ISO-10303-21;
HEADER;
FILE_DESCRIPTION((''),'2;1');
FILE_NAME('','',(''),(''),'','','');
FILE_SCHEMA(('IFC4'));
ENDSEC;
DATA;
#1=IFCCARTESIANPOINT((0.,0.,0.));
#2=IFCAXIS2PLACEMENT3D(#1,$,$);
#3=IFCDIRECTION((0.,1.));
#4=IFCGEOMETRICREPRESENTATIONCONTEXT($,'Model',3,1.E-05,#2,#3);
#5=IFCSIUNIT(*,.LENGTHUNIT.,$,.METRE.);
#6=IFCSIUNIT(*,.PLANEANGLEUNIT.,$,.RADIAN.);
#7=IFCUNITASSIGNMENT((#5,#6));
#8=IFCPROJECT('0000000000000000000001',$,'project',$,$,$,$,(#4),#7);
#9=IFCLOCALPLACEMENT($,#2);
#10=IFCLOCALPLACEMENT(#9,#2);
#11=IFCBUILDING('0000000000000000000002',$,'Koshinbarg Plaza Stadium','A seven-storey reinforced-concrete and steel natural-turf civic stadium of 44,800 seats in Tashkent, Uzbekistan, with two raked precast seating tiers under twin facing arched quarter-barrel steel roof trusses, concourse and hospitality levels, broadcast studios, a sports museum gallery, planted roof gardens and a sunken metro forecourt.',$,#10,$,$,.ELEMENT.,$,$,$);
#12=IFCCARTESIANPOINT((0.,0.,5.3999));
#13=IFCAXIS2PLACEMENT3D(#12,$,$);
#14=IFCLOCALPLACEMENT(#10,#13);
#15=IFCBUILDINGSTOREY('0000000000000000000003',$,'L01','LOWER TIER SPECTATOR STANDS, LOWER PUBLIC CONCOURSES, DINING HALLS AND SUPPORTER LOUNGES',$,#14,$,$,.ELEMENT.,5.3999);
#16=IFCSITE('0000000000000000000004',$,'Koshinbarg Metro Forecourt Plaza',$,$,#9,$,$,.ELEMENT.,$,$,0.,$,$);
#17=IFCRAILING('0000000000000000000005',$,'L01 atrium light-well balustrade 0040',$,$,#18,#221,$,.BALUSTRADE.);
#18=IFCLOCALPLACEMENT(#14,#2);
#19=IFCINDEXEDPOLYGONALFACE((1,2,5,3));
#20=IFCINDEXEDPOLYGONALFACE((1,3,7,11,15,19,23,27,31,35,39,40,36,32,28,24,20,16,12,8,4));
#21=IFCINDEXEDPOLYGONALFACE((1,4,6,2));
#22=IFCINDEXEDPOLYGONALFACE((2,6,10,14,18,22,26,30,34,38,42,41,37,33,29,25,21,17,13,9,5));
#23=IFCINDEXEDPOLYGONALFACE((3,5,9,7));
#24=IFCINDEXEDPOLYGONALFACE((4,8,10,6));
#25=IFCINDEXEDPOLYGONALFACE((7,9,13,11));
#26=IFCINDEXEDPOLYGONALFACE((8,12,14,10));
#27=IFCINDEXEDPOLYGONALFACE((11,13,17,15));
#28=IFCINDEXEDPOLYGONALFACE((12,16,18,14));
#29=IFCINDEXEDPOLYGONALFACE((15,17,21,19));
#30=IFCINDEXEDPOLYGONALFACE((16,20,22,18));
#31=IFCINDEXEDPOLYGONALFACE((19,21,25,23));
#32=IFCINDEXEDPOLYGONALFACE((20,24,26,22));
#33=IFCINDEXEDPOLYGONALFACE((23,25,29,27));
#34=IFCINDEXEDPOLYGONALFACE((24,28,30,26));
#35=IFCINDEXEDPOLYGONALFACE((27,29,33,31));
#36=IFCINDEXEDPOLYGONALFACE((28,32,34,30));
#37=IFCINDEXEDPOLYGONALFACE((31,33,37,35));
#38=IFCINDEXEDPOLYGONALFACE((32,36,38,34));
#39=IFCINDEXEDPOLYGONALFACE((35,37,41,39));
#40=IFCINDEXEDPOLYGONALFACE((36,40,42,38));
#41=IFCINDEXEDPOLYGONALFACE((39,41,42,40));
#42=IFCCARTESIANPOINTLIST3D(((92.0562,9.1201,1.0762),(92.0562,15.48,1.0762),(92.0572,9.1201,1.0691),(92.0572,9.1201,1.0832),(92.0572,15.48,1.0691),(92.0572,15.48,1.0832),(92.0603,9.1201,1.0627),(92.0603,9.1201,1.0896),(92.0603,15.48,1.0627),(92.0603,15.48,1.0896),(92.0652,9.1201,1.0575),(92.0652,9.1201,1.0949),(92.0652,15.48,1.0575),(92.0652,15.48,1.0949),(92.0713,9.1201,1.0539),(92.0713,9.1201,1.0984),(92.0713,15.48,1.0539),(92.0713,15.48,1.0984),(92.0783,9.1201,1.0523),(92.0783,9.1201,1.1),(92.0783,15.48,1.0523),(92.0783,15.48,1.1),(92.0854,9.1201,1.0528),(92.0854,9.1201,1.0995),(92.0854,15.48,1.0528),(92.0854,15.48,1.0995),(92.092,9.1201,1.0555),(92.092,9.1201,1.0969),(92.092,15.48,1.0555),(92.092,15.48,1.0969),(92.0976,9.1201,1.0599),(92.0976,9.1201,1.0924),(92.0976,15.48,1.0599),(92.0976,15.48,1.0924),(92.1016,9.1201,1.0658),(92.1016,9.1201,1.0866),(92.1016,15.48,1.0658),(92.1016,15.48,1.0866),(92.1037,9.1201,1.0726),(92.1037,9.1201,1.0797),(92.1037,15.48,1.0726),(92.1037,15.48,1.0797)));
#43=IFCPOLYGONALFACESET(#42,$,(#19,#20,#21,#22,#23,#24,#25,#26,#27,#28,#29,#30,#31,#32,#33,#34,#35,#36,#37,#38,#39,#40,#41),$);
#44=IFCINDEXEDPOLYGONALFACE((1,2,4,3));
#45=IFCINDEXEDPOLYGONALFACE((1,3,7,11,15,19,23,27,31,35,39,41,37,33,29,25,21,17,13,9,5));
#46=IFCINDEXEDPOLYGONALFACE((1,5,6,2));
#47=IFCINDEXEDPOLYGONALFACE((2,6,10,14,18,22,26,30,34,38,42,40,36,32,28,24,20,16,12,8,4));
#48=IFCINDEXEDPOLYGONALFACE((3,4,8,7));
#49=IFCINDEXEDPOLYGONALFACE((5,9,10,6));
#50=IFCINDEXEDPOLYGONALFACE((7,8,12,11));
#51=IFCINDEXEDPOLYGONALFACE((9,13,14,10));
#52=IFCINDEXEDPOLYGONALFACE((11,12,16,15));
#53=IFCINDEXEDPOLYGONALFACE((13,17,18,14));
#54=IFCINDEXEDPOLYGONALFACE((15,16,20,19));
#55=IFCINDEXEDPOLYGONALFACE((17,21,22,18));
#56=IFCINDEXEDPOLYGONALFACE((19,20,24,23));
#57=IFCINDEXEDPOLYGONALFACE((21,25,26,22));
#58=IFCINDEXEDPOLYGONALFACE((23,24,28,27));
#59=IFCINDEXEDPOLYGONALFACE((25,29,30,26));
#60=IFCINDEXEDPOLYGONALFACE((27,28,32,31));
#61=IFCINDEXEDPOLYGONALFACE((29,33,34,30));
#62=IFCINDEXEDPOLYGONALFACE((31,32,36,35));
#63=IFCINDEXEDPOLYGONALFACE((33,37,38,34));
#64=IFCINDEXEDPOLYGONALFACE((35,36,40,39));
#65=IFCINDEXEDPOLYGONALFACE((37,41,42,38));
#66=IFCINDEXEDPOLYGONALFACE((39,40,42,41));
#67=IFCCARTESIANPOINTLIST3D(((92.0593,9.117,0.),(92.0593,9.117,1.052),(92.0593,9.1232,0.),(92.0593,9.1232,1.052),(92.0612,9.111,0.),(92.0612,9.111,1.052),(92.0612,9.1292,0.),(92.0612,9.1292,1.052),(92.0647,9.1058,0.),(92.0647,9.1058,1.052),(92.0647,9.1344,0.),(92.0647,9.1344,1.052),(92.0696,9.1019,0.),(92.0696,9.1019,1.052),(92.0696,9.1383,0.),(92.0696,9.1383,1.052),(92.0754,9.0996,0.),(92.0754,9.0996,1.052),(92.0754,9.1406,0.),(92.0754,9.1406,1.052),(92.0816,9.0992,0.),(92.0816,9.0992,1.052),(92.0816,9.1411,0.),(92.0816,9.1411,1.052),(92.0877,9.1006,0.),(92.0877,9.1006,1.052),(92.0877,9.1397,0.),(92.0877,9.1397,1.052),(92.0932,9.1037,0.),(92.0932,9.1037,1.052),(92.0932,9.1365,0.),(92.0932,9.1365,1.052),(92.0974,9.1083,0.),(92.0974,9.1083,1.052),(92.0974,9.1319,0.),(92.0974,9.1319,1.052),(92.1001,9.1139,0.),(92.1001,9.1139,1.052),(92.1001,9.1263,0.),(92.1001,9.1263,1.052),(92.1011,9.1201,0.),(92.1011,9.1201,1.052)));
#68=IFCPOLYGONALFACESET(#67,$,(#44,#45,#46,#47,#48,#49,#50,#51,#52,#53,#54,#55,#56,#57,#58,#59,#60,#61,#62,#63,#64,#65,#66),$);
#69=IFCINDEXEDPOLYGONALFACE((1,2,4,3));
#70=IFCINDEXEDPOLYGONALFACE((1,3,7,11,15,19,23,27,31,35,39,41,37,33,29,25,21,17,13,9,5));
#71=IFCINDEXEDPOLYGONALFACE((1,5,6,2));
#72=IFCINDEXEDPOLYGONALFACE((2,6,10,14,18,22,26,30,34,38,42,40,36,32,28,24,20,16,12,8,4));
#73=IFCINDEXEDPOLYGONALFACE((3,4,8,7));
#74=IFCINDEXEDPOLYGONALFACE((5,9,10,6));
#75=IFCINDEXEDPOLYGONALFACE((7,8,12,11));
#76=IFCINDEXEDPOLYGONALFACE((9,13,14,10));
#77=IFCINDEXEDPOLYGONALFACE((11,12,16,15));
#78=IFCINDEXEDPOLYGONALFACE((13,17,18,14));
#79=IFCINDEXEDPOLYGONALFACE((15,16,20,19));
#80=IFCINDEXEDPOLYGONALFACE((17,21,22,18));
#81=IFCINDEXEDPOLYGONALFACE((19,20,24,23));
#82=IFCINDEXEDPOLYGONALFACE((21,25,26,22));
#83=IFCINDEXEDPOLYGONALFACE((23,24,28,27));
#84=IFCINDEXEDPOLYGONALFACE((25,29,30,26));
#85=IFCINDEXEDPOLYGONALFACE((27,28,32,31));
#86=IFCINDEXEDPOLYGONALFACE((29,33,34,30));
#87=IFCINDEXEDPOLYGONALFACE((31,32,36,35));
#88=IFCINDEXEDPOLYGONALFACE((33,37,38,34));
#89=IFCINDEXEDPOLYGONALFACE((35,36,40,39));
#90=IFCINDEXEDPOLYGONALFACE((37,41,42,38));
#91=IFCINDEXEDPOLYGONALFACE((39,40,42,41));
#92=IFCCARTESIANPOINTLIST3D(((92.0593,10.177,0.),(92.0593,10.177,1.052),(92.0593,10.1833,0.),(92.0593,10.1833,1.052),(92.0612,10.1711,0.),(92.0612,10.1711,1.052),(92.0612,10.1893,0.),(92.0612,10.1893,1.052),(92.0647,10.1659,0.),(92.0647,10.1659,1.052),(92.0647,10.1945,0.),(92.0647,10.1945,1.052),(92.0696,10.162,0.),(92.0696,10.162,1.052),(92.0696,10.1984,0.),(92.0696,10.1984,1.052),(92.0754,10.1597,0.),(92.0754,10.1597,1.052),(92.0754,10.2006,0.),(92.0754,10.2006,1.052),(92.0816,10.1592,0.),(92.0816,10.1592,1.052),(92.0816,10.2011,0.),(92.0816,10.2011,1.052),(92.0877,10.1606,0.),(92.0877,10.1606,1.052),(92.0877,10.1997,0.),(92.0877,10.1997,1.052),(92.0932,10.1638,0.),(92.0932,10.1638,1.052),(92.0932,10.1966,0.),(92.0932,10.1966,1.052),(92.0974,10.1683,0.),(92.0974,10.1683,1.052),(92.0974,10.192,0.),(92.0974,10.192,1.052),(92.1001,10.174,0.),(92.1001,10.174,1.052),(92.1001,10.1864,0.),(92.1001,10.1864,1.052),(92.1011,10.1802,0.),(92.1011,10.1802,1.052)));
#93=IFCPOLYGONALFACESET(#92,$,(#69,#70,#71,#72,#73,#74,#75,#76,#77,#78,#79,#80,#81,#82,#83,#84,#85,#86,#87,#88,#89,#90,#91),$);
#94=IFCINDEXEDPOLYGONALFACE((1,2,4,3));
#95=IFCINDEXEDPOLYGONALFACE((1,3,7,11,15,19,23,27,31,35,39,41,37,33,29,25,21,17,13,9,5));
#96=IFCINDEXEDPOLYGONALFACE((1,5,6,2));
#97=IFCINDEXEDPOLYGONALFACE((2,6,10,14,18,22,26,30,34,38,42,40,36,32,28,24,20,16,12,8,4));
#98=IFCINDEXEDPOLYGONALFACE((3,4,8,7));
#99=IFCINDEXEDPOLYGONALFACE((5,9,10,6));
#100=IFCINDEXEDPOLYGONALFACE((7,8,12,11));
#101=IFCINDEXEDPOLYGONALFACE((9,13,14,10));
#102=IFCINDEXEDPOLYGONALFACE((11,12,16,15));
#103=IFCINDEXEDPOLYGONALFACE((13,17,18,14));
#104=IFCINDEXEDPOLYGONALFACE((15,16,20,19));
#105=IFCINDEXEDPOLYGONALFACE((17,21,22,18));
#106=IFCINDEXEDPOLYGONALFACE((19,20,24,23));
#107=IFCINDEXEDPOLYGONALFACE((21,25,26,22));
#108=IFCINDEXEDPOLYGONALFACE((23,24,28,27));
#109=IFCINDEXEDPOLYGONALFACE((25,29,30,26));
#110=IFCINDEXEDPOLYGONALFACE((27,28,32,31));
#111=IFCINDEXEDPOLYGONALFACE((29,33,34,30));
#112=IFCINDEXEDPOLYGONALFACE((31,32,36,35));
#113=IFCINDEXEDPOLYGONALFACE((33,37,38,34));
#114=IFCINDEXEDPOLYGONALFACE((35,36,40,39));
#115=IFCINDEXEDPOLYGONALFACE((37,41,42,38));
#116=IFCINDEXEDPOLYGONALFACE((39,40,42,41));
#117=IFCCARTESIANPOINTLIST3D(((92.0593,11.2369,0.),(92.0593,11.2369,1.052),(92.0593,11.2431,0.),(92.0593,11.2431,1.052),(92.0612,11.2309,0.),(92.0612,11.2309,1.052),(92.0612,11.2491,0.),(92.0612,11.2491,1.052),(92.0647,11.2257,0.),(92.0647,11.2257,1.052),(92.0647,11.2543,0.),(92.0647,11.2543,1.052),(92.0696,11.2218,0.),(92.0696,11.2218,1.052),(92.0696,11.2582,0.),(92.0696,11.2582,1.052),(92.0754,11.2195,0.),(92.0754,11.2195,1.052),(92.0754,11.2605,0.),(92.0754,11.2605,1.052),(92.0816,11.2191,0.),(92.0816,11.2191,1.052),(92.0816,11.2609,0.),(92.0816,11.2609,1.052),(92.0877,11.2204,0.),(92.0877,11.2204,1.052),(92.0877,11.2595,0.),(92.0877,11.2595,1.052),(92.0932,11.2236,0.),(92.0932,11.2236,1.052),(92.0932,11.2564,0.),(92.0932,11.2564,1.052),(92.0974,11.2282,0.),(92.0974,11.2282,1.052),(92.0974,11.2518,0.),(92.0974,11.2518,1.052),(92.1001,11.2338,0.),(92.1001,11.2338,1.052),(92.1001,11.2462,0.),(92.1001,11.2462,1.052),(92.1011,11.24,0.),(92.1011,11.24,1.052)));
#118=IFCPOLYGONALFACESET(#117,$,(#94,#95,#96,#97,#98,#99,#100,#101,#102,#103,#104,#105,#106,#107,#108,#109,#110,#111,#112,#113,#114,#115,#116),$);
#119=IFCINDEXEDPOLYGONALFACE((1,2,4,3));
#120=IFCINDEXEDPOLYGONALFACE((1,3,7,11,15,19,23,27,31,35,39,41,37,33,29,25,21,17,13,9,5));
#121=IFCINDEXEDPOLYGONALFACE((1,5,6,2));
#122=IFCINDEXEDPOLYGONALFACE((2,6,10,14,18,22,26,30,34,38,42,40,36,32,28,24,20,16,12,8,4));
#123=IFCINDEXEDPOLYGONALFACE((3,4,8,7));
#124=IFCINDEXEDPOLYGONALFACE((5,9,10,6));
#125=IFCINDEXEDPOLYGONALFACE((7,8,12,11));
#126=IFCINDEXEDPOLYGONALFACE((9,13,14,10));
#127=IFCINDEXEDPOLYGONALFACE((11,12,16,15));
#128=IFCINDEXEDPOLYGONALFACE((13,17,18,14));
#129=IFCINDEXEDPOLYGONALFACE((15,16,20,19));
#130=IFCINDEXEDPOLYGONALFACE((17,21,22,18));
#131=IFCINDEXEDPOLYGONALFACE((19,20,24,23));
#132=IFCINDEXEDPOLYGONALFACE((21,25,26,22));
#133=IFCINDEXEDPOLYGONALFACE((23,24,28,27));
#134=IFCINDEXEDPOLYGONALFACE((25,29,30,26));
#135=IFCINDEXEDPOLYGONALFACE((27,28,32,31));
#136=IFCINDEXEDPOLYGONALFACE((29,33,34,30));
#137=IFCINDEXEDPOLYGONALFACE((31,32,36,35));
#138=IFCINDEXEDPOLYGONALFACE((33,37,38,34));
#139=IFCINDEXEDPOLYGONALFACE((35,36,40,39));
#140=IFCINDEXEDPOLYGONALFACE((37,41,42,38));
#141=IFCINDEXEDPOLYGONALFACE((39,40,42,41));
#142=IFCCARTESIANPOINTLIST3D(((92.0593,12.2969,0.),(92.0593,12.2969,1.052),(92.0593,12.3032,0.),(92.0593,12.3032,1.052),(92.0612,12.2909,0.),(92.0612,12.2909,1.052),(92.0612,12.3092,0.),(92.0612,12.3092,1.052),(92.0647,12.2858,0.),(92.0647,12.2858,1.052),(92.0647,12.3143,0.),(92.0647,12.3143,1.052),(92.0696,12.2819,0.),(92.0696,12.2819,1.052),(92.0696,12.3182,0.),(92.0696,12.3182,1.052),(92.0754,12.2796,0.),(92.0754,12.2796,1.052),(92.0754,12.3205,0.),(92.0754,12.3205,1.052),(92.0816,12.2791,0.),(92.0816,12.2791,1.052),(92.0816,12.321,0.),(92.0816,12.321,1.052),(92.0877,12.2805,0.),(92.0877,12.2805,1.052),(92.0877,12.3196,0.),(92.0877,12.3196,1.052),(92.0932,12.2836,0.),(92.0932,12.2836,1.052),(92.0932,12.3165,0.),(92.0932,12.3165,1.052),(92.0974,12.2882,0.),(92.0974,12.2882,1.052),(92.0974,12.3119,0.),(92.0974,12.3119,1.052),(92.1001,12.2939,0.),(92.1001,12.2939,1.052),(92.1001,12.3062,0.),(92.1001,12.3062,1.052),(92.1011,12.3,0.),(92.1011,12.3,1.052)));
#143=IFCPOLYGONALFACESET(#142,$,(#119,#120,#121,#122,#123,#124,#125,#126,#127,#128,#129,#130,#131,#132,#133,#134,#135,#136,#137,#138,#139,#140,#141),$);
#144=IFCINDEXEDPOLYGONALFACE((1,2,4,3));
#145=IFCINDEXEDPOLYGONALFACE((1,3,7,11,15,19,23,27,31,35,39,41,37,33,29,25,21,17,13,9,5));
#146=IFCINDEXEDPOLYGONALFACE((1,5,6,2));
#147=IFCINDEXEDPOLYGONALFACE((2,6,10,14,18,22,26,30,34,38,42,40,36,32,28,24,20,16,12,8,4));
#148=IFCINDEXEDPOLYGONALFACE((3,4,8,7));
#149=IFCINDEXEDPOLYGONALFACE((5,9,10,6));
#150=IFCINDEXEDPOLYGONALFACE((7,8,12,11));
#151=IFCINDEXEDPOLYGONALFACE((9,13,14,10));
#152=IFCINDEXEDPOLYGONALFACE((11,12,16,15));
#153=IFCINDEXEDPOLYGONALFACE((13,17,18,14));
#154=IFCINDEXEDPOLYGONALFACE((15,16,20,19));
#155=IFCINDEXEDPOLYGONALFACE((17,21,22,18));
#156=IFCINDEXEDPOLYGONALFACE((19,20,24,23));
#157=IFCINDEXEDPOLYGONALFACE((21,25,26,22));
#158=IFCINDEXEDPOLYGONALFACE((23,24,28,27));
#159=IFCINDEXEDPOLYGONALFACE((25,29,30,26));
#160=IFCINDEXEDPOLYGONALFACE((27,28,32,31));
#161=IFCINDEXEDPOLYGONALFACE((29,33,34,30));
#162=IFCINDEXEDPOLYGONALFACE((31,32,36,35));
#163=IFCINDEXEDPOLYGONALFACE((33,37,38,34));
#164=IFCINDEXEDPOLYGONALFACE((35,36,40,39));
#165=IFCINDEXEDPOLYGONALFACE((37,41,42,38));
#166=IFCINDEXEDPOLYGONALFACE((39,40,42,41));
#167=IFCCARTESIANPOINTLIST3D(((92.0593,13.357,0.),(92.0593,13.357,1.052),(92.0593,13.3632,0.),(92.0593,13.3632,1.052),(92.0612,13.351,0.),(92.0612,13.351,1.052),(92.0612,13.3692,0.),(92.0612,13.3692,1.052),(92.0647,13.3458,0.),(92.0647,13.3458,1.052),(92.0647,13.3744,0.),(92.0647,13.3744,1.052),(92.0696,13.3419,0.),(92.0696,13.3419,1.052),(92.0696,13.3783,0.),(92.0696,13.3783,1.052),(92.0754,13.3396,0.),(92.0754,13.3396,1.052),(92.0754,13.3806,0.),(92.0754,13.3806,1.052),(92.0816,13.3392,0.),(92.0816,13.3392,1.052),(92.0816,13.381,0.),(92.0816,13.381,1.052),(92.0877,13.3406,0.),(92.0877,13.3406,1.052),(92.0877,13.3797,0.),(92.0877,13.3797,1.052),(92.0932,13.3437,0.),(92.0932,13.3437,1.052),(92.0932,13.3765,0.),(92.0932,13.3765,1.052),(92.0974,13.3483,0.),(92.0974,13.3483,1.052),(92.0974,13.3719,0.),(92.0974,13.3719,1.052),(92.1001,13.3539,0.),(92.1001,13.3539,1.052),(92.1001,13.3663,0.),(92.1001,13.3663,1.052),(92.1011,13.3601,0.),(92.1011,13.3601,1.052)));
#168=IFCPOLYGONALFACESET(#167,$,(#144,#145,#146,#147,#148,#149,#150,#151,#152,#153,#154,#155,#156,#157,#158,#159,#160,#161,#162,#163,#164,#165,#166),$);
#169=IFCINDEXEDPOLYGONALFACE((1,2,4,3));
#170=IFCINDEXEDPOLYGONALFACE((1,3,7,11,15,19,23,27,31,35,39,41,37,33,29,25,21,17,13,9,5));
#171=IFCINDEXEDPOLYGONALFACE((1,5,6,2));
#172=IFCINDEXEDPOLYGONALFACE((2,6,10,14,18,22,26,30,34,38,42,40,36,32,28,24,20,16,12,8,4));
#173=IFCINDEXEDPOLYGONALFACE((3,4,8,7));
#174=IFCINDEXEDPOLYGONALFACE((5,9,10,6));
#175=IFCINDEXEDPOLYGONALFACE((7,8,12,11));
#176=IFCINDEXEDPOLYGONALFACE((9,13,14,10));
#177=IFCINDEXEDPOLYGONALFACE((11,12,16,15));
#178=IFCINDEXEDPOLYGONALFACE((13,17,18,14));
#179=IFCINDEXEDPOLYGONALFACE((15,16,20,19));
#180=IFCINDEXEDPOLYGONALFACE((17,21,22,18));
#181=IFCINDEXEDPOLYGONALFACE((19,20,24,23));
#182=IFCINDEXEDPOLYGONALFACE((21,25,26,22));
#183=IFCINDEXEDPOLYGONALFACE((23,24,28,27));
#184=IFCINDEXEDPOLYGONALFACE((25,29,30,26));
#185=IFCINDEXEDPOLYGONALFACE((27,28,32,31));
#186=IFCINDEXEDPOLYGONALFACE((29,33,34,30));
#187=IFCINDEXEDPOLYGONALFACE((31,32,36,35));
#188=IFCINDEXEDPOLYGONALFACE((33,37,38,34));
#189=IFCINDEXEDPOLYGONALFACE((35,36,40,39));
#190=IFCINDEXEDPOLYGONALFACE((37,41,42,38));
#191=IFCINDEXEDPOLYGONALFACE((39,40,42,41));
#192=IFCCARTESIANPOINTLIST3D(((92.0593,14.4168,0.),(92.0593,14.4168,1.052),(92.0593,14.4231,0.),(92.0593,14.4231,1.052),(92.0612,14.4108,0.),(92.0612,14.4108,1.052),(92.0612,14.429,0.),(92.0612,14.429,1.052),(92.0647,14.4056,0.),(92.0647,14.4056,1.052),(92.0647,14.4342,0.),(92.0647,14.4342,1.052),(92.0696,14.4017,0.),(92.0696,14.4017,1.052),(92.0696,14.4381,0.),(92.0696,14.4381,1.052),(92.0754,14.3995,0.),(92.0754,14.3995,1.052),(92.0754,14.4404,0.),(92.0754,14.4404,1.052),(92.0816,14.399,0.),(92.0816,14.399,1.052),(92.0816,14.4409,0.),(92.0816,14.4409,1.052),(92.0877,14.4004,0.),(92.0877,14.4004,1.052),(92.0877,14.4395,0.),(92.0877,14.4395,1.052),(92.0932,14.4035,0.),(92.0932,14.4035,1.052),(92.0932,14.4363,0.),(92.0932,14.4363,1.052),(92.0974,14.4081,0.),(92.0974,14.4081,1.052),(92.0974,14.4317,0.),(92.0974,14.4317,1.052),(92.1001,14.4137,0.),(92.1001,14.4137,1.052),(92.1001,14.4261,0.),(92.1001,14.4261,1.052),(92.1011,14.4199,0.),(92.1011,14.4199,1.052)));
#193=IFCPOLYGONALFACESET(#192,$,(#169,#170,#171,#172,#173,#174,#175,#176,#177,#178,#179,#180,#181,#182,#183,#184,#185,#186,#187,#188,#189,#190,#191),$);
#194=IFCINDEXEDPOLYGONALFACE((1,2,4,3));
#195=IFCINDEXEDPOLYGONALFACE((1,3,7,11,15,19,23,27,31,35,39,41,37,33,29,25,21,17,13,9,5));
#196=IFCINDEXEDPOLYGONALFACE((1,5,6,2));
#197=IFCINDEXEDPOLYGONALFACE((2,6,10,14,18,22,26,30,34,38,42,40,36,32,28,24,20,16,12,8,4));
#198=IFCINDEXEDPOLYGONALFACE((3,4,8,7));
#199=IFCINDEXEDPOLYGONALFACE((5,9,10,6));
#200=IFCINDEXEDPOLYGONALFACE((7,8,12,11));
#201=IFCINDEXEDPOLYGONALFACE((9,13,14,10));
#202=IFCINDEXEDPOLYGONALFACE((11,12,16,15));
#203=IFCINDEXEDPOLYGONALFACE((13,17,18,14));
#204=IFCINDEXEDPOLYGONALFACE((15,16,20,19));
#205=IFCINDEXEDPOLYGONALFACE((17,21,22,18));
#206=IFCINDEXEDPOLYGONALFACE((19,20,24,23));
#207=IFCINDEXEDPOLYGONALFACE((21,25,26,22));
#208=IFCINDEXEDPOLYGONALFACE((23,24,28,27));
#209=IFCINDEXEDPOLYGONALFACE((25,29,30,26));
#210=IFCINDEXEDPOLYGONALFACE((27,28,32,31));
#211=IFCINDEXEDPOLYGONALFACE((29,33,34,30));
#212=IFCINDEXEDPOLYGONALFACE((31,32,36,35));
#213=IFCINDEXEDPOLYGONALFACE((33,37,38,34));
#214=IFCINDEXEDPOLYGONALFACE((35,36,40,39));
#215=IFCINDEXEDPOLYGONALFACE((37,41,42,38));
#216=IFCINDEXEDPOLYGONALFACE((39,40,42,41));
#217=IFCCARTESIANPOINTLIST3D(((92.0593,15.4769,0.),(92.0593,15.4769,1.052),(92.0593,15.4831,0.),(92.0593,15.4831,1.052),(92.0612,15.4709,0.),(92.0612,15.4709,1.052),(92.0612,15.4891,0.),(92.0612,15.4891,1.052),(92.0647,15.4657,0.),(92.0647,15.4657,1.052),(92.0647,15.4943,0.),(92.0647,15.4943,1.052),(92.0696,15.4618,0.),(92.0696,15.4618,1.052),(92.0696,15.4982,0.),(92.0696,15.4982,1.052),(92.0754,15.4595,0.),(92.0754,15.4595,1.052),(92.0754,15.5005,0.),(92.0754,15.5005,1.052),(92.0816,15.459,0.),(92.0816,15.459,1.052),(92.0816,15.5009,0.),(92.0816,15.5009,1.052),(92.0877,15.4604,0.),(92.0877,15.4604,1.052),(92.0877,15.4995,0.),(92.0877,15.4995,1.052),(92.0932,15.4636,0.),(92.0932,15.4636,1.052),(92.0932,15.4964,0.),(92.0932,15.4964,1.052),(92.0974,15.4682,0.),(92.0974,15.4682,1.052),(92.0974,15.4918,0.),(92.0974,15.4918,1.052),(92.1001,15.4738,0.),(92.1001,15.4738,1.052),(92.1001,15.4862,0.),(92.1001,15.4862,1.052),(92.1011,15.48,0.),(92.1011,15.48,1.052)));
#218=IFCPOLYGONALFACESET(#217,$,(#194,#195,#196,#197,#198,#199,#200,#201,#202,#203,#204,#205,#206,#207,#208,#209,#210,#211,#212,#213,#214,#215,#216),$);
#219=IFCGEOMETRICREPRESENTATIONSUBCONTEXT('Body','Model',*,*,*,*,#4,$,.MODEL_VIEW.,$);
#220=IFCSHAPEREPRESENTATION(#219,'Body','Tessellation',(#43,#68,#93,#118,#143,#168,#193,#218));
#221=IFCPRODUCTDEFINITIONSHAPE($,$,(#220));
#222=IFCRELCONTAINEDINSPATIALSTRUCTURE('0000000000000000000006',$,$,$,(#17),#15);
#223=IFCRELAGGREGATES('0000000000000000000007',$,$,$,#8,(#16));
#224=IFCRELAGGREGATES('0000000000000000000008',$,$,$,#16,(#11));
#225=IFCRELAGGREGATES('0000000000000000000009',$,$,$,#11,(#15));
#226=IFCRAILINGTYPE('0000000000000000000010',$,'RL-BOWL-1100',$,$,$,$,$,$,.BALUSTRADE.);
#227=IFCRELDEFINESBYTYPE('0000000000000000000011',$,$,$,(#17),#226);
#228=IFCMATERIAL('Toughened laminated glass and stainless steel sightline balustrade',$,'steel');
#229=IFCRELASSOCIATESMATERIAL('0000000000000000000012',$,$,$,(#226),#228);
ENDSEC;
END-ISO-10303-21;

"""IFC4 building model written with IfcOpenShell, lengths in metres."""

from ifc_helpers import new_model, si_unit, direction, frame, origin, origin_2d, place, context, subcontext, project, spatial, circle, extrude, material, type_object, element, save


model = new_model("IFC4")

# Units and contexts
model_context = context("Model", 3, precision=1e-05, world=origin(), true_north=direction((0.0, 1.0)))
body_context = subcontext(model_context, "Body", "Model", "MODEL_VIEW")
ifc_project = project(units=[si_unit("LENGTHUNIT", "METRE"), si_unit("PLANEANGLEUNIT", "RADIAN")], contexts=[model_context])

# Site, building, storey
site_placement = place(None, origin())
site = spatial("IfcSite", under=ifc_project, at=site_placement, Name="Koshinbarg Metro Forecourt Plaza", CompositionType="ELEMENT", RefElevation=0.0)
building_placement = place(site_placement, origin())
building = spatial("IfcBuilding", under=site, at=building_placement, Name="Koshinbarg Plaza Stadium", Description="A seven-storey reinforced-concrete and steel natural-turf civic stadium of 44,800 seats in Tashkent, Uzbekistan, with two raked precast seating tiers under twin facing arched quarter-barrel steel roof trusses, concourse and hospitality levels, broadcast studios, a sports museum gallery, planted roof gardens and a sunken metro forecourt.", CompositionType="ELEMENT")
storey_placement = place(building_placement, frame((0.0, 0.0, 5.3999)))
storey = spatial("IfcBuildingStorey", under=building, at=storey_placement, Name="L01", Description="LOWER TIER SPECTATOR STANDS, LOWER PUBLIC CONCOURSES, DINING HALLS AND SUPPORTER LOUNGES", CompositionType="ELEMENT", Elevation=5.3999)

# Railing
ifc_material_1 = material(Name="Toughened laminated glass and stainless steel sightline balustrade", Category="steel")
railing_type = type_object("IfcRailingType", Name="RL-BOWL-1100", PredefinedType="BALUSTRADE", material=ifc_material_1)
railing_1_placement = place(storey_placement, frame((92.0801, 9.1201, 0.0)))
element("IfcRailing", 1, at=railing_1_placement, inside=storey, type_object=railing_type, Name="L01 atrium light-well balustrade 0040", PredefinedType="BALUSTRADE", context=body_context, shape_type="SweptSolid", body=[
    extrude(circle(Radius=0.0239, at=origin_2d()), frame((0.0, 0.0, 1.0762), z_axis=(0.0, 1.0, 0.0), x_axis=(-1.0, 0.0, 0.0)), (0.0, 0.0, 1.0), 6.3599),
    extrude(circle(Radius=0.021, at=origin_2d()), origin(), (0.0, 0.0, 1.0), 1.052),
    extrude(circle(Radius=0.021, at=origin_2d()), frame((0.0, 1.0601, 0.0)), (0.0, 0.0, 1.0), 1.052),
    extrude(circle(Radius=0.021, at=origin_2d()), frame((0.0, 2.1199, 0.0)), (0.0, 0.0, 1.0), 1.052),
    extrude(circle(Radius=0.021, at=origin_2d()), frame((0.0, 3.1799, 0.0)), (0.0, 0.0, 1.0), 1.052),
    extrude(circle(Radius=0.021, at=origin_2d()), frame((0.0, 4.24, 0.0)), (0.0, 0.0, 1.0), 1.052),
    extrude(circle(Radius=0.021, at=origin_2d()), frame((0.0, 5.2998, 0.0)), (0.0, 0.0, 1.0), 1.052),
    extrude(circle(Radius=0.021, at=origin_2d()), frame((0.0, 6.3599, 0.0)), (0.0, 0.0, 1.0), 1.052),
])

save(model, "model.ifc")
